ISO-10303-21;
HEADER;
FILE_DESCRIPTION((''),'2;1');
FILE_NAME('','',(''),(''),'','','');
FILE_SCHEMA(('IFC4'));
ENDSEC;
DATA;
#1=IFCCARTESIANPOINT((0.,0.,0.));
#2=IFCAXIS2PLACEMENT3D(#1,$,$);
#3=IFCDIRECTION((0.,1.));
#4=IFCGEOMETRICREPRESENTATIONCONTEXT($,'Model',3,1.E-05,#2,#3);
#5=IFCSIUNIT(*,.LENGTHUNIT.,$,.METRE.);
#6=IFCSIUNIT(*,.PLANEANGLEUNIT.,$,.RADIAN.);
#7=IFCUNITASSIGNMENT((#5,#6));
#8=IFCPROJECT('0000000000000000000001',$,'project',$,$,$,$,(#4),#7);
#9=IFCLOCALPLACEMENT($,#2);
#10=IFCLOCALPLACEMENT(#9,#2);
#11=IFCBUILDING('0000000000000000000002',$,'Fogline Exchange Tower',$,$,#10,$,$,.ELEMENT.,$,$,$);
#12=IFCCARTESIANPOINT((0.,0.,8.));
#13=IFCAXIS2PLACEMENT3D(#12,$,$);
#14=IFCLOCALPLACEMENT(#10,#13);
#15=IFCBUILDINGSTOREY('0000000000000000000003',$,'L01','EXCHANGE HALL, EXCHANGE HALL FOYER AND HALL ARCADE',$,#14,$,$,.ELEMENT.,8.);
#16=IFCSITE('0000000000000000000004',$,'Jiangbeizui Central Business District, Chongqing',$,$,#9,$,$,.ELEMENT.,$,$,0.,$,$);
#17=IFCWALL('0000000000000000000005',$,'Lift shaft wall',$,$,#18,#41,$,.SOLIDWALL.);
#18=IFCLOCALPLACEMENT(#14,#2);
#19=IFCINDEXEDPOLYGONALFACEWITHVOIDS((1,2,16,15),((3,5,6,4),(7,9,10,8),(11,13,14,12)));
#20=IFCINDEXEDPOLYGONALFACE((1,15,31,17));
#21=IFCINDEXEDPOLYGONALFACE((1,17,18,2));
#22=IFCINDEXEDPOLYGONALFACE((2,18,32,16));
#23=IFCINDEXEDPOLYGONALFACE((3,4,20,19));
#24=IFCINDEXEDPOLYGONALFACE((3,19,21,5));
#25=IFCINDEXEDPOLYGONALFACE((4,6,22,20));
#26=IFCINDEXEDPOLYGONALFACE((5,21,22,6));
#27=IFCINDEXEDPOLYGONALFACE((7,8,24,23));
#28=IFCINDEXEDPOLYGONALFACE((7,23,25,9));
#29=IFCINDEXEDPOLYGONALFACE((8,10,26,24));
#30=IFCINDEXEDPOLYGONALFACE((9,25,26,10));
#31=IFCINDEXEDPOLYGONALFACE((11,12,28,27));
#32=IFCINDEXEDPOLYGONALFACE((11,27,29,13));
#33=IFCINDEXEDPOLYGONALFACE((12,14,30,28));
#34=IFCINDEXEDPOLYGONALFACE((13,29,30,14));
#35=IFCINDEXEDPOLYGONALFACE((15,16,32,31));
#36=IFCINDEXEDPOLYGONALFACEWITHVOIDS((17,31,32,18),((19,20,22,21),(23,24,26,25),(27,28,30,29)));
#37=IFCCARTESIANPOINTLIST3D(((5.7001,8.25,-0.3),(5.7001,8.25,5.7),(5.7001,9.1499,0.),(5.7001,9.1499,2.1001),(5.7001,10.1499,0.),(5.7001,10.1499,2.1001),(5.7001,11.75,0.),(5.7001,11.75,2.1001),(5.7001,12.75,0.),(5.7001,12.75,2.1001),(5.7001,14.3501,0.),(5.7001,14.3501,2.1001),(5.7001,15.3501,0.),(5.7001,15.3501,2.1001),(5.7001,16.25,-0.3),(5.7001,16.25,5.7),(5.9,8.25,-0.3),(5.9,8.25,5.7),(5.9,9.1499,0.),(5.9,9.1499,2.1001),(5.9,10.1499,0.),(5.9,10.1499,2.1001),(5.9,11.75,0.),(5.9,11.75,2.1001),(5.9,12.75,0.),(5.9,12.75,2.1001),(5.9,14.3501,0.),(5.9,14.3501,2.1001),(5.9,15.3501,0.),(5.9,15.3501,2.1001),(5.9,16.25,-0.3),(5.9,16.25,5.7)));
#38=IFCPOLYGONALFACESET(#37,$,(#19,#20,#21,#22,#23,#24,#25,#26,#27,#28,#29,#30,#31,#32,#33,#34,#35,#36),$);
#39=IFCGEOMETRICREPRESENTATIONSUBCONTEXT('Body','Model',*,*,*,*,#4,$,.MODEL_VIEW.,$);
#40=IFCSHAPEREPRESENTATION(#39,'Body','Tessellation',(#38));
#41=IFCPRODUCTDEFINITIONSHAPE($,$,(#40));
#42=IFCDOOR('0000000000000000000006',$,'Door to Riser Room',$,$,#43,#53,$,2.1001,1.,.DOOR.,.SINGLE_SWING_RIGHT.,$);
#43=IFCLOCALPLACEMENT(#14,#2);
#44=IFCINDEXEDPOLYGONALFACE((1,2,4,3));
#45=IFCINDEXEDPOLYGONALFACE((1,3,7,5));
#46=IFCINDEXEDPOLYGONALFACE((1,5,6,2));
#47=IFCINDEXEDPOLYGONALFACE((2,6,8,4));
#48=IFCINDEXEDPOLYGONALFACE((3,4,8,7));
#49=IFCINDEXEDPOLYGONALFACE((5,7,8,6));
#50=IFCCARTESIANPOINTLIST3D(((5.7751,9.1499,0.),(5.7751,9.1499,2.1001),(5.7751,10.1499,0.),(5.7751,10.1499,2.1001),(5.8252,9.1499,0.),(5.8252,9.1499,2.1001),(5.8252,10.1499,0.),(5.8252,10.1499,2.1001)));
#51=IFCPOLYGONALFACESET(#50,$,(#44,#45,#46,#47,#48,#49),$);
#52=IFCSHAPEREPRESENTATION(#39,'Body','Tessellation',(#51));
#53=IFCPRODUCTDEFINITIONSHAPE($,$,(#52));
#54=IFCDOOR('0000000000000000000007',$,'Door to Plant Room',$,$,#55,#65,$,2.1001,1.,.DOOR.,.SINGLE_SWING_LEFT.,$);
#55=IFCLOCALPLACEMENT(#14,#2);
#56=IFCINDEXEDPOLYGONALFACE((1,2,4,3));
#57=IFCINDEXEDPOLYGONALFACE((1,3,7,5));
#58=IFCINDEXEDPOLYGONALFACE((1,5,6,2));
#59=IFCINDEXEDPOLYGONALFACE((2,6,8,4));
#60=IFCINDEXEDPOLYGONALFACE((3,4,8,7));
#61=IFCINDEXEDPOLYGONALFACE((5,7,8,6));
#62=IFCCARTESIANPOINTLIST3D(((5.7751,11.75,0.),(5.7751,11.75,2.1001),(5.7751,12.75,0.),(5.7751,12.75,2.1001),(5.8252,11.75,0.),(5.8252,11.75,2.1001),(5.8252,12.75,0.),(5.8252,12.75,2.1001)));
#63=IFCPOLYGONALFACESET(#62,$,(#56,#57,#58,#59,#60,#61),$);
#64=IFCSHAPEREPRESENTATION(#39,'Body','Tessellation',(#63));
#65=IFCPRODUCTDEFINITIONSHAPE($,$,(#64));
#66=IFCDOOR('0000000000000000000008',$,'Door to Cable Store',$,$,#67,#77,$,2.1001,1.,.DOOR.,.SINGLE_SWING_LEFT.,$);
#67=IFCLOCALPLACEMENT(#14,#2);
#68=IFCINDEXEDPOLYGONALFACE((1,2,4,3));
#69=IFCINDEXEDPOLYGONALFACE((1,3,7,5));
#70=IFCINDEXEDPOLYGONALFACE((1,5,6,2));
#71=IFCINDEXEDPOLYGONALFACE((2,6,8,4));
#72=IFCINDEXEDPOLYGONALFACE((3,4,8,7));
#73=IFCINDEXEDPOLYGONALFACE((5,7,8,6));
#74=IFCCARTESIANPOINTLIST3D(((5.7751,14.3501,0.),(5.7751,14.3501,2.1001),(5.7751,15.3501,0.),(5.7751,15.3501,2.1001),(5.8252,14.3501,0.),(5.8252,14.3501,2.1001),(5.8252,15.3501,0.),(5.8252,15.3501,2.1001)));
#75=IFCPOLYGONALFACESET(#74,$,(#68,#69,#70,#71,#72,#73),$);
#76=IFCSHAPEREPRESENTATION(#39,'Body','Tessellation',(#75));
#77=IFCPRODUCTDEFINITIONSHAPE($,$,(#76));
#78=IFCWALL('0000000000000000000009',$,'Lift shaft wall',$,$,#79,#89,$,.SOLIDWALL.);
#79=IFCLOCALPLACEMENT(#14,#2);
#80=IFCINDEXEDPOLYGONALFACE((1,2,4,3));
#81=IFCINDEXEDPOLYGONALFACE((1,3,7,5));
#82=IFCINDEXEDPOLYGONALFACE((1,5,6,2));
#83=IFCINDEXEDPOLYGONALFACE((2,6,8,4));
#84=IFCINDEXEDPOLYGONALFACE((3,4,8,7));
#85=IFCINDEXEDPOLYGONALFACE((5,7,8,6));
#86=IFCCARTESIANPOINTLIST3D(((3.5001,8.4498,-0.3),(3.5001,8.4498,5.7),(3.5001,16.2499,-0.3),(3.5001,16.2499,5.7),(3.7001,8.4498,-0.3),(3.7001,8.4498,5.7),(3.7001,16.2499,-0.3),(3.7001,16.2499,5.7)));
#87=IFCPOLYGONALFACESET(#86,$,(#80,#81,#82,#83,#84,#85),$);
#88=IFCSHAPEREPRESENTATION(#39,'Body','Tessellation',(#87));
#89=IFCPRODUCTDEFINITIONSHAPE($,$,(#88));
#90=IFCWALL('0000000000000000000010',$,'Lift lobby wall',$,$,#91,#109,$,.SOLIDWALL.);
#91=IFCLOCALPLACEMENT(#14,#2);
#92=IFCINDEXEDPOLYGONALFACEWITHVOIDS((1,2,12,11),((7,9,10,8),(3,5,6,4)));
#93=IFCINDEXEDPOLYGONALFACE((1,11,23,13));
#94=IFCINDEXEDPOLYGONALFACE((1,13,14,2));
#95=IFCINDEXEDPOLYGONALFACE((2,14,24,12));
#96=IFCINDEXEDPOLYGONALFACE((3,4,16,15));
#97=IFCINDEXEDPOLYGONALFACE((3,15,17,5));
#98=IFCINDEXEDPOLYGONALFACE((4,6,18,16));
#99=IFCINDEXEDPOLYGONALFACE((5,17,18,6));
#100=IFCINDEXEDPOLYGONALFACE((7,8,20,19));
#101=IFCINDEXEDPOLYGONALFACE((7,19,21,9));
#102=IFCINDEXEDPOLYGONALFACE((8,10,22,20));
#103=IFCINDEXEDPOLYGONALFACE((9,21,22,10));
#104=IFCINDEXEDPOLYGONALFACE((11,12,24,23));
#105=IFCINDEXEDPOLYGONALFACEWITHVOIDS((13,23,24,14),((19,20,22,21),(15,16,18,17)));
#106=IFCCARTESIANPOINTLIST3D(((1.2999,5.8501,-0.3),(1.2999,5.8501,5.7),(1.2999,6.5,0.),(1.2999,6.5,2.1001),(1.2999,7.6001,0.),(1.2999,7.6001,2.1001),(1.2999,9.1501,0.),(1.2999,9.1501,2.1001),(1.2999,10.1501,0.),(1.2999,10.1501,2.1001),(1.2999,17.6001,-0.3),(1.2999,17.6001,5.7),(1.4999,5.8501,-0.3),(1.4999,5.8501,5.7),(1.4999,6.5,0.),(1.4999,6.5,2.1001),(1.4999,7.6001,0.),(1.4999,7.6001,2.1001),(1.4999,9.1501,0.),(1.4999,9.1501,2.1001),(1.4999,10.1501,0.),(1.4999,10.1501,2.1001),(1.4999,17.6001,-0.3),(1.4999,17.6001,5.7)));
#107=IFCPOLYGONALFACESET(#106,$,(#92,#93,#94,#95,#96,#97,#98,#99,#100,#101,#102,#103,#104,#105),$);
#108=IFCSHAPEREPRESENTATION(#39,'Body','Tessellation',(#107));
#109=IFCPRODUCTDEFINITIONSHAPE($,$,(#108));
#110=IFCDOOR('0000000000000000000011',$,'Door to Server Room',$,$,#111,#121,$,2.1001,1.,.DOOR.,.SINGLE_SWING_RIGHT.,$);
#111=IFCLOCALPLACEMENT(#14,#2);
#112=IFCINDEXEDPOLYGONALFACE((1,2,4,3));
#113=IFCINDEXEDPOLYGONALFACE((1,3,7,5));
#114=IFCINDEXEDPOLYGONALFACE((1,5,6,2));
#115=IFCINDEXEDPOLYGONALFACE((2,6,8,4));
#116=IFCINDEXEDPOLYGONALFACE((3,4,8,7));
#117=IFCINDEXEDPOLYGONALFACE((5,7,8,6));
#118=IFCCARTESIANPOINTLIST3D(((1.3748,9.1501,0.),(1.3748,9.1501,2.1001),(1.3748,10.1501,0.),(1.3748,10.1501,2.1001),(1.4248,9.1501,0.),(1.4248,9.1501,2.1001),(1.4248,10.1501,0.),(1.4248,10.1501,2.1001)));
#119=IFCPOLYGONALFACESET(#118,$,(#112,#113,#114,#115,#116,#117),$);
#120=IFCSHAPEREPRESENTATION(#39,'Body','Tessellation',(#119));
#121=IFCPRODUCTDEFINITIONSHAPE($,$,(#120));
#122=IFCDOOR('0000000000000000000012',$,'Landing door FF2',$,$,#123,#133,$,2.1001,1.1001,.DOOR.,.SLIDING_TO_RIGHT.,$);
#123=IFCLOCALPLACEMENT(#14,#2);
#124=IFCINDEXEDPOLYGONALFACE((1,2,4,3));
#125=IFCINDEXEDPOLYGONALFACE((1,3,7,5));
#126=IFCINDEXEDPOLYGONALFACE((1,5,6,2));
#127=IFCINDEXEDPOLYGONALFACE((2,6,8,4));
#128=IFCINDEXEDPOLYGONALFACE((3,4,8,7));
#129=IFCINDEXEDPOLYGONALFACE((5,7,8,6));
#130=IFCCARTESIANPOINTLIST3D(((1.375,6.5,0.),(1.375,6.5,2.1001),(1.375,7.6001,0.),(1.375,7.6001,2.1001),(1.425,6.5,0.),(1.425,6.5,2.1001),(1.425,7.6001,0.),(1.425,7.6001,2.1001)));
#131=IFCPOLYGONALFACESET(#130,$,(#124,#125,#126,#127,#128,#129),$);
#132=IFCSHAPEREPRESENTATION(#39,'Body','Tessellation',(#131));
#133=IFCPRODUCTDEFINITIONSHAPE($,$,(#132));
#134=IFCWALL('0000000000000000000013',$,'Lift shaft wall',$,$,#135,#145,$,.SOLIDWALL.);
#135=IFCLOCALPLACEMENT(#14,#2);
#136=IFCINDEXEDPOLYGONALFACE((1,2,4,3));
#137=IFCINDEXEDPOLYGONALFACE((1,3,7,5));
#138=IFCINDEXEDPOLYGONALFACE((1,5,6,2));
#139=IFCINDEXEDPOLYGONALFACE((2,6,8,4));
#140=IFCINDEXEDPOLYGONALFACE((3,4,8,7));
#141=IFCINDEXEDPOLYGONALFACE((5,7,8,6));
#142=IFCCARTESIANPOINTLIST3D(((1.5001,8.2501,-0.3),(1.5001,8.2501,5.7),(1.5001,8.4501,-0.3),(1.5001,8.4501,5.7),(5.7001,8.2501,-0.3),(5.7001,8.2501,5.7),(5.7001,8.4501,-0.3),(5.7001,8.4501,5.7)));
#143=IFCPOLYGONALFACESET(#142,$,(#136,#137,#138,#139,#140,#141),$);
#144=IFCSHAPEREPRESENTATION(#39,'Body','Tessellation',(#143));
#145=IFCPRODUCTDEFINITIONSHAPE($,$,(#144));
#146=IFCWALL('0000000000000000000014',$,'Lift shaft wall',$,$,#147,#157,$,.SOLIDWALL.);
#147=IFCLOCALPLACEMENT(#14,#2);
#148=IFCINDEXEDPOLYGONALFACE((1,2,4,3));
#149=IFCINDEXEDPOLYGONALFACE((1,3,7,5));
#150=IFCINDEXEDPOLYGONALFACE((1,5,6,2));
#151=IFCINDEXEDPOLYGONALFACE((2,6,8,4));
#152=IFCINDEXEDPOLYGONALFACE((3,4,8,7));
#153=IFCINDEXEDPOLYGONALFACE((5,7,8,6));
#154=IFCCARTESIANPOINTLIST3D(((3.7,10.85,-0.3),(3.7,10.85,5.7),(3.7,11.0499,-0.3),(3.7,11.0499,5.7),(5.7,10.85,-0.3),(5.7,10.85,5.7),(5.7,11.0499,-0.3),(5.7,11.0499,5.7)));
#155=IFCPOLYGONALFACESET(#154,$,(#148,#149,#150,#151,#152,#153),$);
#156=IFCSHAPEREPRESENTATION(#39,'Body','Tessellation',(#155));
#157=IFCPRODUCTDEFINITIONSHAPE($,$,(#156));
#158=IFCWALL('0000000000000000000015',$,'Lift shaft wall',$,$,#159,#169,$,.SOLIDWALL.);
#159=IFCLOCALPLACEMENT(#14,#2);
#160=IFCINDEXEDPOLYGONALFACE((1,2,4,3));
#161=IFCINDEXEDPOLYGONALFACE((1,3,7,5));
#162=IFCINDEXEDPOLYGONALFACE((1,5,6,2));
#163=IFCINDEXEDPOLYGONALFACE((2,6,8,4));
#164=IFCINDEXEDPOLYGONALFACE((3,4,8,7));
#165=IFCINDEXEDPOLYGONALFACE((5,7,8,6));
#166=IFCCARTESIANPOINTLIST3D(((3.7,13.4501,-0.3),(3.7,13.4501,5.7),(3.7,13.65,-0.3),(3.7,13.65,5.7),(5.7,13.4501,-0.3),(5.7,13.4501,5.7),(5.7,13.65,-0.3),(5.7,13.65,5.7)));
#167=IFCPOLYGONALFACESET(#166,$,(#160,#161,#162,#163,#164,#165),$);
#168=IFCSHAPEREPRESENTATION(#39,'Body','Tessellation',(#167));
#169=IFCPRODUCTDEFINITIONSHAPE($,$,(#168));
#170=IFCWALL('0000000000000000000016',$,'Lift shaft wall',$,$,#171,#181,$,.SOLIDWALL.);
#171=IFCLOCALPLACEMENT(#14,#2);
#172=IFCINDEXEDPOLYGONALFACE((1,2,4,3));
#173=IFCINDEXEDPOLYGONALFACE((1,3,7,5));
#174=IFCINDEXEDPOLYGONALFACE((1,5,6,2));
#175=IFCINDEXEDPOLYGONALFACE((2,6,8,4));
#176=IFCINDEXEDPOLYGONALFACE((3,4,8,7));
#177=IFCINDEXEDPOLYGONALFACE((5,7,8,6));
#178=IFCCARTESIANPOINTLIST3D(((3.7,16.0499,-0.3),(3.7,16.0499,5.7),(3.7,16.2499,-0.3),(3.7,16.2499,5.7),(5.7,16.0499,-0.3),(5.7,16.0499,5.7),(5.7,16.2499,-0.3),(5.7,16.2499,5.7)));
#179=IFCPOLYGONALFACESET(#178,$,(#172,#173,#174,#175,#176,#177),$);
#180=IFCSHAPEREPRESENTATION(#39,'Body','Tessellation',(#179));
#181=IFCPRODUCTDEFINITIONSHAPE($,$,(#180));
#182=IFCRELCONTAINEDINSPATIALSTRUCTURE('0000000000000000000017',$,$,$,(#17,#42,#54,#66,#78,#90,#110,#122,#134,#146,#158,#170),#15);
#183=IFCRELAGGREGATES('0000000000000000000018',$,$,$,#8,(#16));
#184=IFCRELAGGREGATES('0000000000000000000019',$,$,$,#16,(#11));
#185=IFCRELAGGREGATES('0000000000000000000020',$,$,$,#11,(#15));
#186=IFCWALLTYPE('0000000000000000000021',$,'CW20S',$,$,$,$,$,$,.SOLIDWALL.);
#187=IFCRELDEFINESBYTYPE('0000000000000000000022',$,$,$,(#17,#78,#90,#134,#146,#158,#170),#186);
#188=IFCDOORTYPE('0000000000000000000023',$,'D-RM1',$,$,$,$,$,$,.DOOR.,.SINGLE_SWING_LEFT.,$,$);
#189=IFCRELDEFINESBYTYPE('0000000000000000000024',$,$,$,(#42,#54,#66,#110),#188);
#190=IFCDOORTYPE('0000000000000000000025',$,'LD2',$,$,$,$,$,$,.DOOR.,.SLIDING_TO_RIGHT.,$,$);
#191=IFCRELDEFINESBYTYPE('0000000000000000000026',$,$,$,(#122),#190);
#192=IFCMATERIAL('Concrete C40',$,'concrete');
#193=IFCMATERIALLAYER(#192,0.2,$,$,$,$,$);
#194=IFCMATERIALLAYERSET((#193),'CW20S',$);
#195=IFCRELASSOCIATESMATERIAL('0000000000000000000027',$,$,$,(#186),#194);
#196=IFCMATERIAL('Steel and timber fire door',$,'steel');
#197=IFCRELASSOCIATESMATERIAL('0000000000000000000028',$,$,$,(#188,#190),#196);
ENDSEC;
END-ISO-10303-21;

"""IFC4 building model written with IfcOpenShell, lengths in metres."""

from ifc_helpers import new_model, si_unit, direction, frame, frame_2d, origin, place, context, subcontext, project, spatial, rectangle, extrude, material, layer, layer_set, type_object, element, fill, save


model = new_model("IFC4")

# Units and contexts
model_context = context("Model", 3, precision=1e-05, world=origin(), true_north=direction((0.0, 1.0)))
body_context = subcontext(model_context, "Body", "Model", "MODEL_VIEW")
ifc_project = project(units=[si_unit("LENGTHUNIT", "METRE"), si_unit("PLANEANGLEUNIT", "RADIAN")], contexts=[model_context])

# Site, building, storey
site_placement = place(None, origin())
site = spatial("IfcSite", under=ifc_project, at=site_placement, Name="Jiangbeizui Central Business District, Chongqing", CompositionType="ELEMENT", RefElevation=0.0)
building_placement = place(site_placement, origin())
building = spatial("IfcBuilding", under=site, at=building_placement, Name="Fogline Exchange Tower", CompositionType="ELEMENT")
storey_placement = place(building_placement, frame((0.0, 0.0, 8.0)))
storey = spatial("IfcBuildingStorey", under=building, at=storey_placement, Name="L01", Description="EXCHANGE HALL, EXCHANGE HALL FOYER AND HALL ARCADE", CompositionType="ELEMENT", Elevation=8.0)

# Shared definitions
ifc_material_1 = material(Name="Concrete C40", Category="concrete")

# Shared definitions
ifc_material_2 = material(Name="Steel and timber fire door", Category="steel")

# Wall, openings, doors
ifc_layer_1 = layer(ifc_material_1, 0.2)
ifc_layer_set_1 = layer_set([ifc_layer_1], Name="CW20S")
wall_type_1 = type_object("IfcWallType", Name="CW20S", PredefinedType="SOLIDWALL", material=ifc_layer_set_1)
wall_1_placement = place(storey_placement, frame((5.8, 8.25, -0.3), z_axis=(0.0, 0.0, 1.0), x_axis=(0.0, 1.0, 0.0)))
wall_1 = element("IfcWall", 1, at=wall_1_placement, inside=storey, type_object=wall_type_1, Name="Lift shaft wall", PredefinedType="SOLIDWALL", context=body_context, shape_type="SweptSolid", body=[
    extrude(rectangle(XDim=8.0, YDim=0.2, at=frame_2d((4.0, 0.0))), origin(), (0.0, 0.0, 1.0), 6.0),
])
opening_1_placement = place(wall_1_placement, frame((0.8999, 0.0, 0.3)))
opening_1 = element("IfcOpeningElement", 2, at=opening_1_placement, cuts=wall_1, PredefinedType="OPENING", context=body_context, shape_type="SweptSolid", body=[
    extrude(rectangle(XDim=1.0, YDim=2.1001, at=frame_2d((0.5, 1.05))), frame((0.0, 0.1099, 0.0), z_axis=(0.0, -1.0, 0.0), x_axis=(1.0, 0.0, 0.0)), (0.0, 0.0, 1.0), 0.22),
])
opening_2_placement = place(wall_1_placement, frame((3.5, 0.0, 0.3)))
opening_2 = element("IfcOpeningElement", 3, at=opening_2_placement, cuts=wall_1, PredefinedType="OPENING", context=body_context, shape_type="SweptSolid", body=[
    extrude(rectangle(XDim=1.0, YDim=2.1001, at=frame_2d((0.5, 1.05))), frame((0.0, 0.1099, 0.0), z_axis=(0.0, -1.0, 0.0), x_axis=(1.0, 0.0, 0.0)), (0.0, 0.0, 1.0), 0.22),
])
opening_3_placement = place(wall_1_placement, frame((6.1001, 0.0, 0.3)))
opening_3 = element("IfcOpeningElement", 4, at=opening_3_placement, cuts=wall_1, PredefinedType="OPENING", context=body_context, shape_type="SweptSolid", body=[
    extrude(rectangle(XDim=1.0, YDim=2.1001, at=frame_2d((0.5, 1.05))), frame((0.0, 0.1099, 0.0), z_axis=(0.0, -1.0, 0.0), x_axis=(1.0, 0.0, 0.0)), (0.0, 0.0, 1.0), 0.22),
])
door_type_1 = type_object("IfcDoorType", Name="D-RM1", OperationType="SINGLE_SWING_LEFT", PredefinedType="DOOR", material=ifc_material_2)
door_1_placement = place(opening_1_placement, origin())
door_1 = element("IfcDoor", 5, at=door_1_placement, inside=storey, type_object=door_type_1, Name="Door to Riser Room", OperationType="SINGLE_SWING_RIGHT", OverallHeight=2.1001, OverallWidth=1.0, PredefinedType="DOOR", context=body_context, shape_type="SweptSolid", body=[
    extrude(rectangle(XDim=1.0, YDim=2.1001, at=frame_2d((0.5, 1.05))), frame((0.0, 0.0249, 0.0), z_axis=(0.0, -1.0, 0.0), x_axis=(1.0, 0.0, 0.0)), (0.0, 0.0, 1.0), 0.05),
])
fill(opening_1, door_1)
door_2_placement = place(opening_2_placement, origin())
door_2 = element("IfcDoor", 6, at=door_2_placement, inside=storey, type_object=door_type_1, Name="Door to Plant Room", OperationType="SINGLE_SWING_LEFT", OverallHeight=2.1001, OverallWidth=1.0, PredefinedType="DOOR", context=body_context, shape_type="SweptSolid", body=[
    extrude(rectangle(XDim=1.0, YDim=2.1001, at=frame_2d((0.5, 1.05))), frame((0.0, 0.0249, 0.0), z_axis=(0.0, -1.0, 0.0), x_axis=(1.0, 0.0, 0.0)), (0.0, 0.0, 1.0), 0.05),
])
fill(opening_2, door_2)
door_3_placement = place(opening_3_placement, origin())
door_3 = element("IfcDoor", 7, at=door_3_placement, inside=storey, type_object=door_type_1, Name="Door to Cable Store", OperationType="SINGLE_SWING_LEFT", OverallHeight=2.1001, OverallWidth=1.0, PredefinedType="DOOR", context=body_context, shape_type="SweptSolid", body=[
    extrude(rectangle(XDim=1.0, YDim=2.1001, at=frame_2d((0.5, 1.05))), frame((0.0, 0.0249, 0.0), z_axis=(0.0, -1.0, 0.0), x_axis=(1.0, 0.0, 0.0)), (0.0, 0.0, 1.0), 0.05),
])
fill(opening_3, door_3)

# Wall
wall_2_placement = place(storey_placement, frame((3.6001, 8.45, -0.3), z_axis=(0.0, 0.0, 1.0), x_axis=(0.0, 1.0, 0.0)))
element("IfcWall", 8, at=wall_2_placement, inside=storey, type_object=wall_type_1, Name="Lift shaft wall", PredefinedType="SOLIDWALL", context=body_context, shape_type="SweptSolid", body=[
    extrude(rectangle(XDim=7.8, YDim=0.2, at=frame_2d((3.8999, 0.0))), origin(), (0.0, 0.0, 1.0), 6.0),
])

# Wall, openings, doors
wall_3_placement = place(storey_placement, frame((1.3999, 5.8501, -0.3), z_axis=(0.0, 0.0, 1.0), x_axis=(0.0, 1.0, 0.0)))
wall_3 = element("IfcWall", 9, at=wall_3_placement, inside=storey, type_object=wall_type_1, Name="Lift lobby wall", PredefinedType="SOLIDWALL", context=body_context, shape_type="SweptSolid", body=[
    extrude(rectangle(XDim=11.75, YDim=0.2, at=frame_2d((5.875, 0.0))), origin(), (0.0, 0.0, 1.0), 6.0),
])
opening_4_placement = place(wall_3_placement, frame((0.6499, 0.0, 0.3)))
opening_4 = element("IfcOpeningElement", 10, at=opening_4_placement, cuts=wall_3, PredefinedType="OPENING", context=body_context, shape_type="SweptSolid", body=[
    extrude(rectangle(XDim=1.1001, YDim=2.1001, at=frame_2d((0.55, 1.05))), frame((0.0, 0.1099, 0.0), z_axis=(0.0, -1.0, 0.0), x_axis=(1.0, 0.0, 0.0)), (0.0, 0.0, 1.0), 0.22),
])
opening_5_placement = place(wall_3_placement, frame((3.3, 0.0, 0.3)))
opening_5 = element("IfcOpeningElement", 11, at=opening_5_placement, cuts=wall_3, PredefinedType="OPENING", context=body_context, shape_type="SweptSolid", body=[
    extrude(rectangle(XDim=1.0, YDim=2.1001, at=frame_2d((0.5, 1.05))), frame((0.0, 0.1099, 0.0), z_axis=(0.0, -1.0, 0.0), x_axis=(1.0, 0.0, 0.0)), (0.0, 0.0, 1.0), 0.22),
])
door_4_placement = place(opening_5_placement, frame((1.0, 0.0, 0.0), z_axis=(0.0, 0.0, 1.0), x_axis=(-1.0, 0.0, 0.0)))
door_4 = element("IfcDoor", 12, at=door_4_placement, inside=storey, type_object=door_type_1, Name="Door to Server Room", OperationType="SINGLE_SWING_RIGHT", OverallHeight=2.1001, OverallWidth=1.0, PredefinedType="DOOR", context=body_context, shape_type="SweptSolid", body=[
    extrude(rectangle(XDim=1.0, YDim=2.1001, at=frame_2d((0.5, 1.05))), frame((0.0, 0.0249, 0.0), z_axis=(0.0, -1.0, 0.0), x_axis=(1.0, 0.0, 0.0)), (0.0, 0.0, 1.0), 0.05),
])
fill(opening_5, door_4)
door_type_2 = type_object("IfcDoorType", Name="LD2", OperationType="SLIDING_TO_RIGHT", PredefinedType="DOOR", material=ifc_material_2)
door_5_placement = place(opening_4_placement, origin())
door_5 = element("IfcDoor", 13, at=door_5_placement, inside=storey, type_object=door_type_2, Name="Landing door FF2", OperationType="SLIDING_TO_RIGHT", OverallHeight=2.1001, OverallWidth=1.1001, PredefinedType="DOOR", context=body_context, shape_type="SweptSolid", body=[
    extrude(rectangle(XDim=1.1001, YDim=2.1001, at=frame_2d((0.55, 1.05))), frame((0.0, 0.0249, 0.0), z_axis=(0.0, -1.0, 0.0), x_axis=(1.0, 0.0, 0.0)), (0.0, 0.0, 1.0), 0.05),
])
fill(opening_4, door_5)

# Walls
wall_4_placement = place(storey_placement, frame((1.5, 8.3501, -0.3), z_axis=(0.0, 0.0, 1.0), x_axis=(1.0, 0.0, 0.0)))
element("IfcWall", 14, at=wall_4_placement, inside=storey, type_object=wall_type_1, Name="Lift shaft wall", PredefinedType="SOLIDWALL", context=body_context, shape_type="SweptSolid", body=[
    extrude(rectangle(XDim=4.2, YDim=0.2, at=frame_2d((2.1001, 0.0))), origin(), (0.0, 0.0, 1.0), 6.0),
])
for number, where, z_axis, x_axis, name in (
    (15, (3.7, 10.95, -0.3), (0.0, 0.0, 1.0), (1.0, 0.0, 0.0), "Lift shaft wall"),
    (16, (3.7, 13.55, -0.3), (0.0, 0.0, 1.0), (1.0, 0.0, 0.0), "Lift shaft wall"),
    (17, (3.7, 16.1499, -0.3), (0.0, 0.0, 1.0), (1.0, 0.0, 0.0), "Lift shaft wall"),
):
    element("IfcWall", number, at=place(storey_placement, frame(where, z_axis=z_axis, x_axis=x_axis)), inside=storey, type_object=wall_type_1, Name=name, PredefinedType="SOLIDWALL", context=body_context, shape_type="SweptSolid", body=[
        extrude(rectangle(XDim=2.0, YDim=0.2, at=frame_2d((1.0, 0.0))), origin(), (0.0, 0.0, 1.0), 6.0),
    ])

save(model, "model.ifc")
